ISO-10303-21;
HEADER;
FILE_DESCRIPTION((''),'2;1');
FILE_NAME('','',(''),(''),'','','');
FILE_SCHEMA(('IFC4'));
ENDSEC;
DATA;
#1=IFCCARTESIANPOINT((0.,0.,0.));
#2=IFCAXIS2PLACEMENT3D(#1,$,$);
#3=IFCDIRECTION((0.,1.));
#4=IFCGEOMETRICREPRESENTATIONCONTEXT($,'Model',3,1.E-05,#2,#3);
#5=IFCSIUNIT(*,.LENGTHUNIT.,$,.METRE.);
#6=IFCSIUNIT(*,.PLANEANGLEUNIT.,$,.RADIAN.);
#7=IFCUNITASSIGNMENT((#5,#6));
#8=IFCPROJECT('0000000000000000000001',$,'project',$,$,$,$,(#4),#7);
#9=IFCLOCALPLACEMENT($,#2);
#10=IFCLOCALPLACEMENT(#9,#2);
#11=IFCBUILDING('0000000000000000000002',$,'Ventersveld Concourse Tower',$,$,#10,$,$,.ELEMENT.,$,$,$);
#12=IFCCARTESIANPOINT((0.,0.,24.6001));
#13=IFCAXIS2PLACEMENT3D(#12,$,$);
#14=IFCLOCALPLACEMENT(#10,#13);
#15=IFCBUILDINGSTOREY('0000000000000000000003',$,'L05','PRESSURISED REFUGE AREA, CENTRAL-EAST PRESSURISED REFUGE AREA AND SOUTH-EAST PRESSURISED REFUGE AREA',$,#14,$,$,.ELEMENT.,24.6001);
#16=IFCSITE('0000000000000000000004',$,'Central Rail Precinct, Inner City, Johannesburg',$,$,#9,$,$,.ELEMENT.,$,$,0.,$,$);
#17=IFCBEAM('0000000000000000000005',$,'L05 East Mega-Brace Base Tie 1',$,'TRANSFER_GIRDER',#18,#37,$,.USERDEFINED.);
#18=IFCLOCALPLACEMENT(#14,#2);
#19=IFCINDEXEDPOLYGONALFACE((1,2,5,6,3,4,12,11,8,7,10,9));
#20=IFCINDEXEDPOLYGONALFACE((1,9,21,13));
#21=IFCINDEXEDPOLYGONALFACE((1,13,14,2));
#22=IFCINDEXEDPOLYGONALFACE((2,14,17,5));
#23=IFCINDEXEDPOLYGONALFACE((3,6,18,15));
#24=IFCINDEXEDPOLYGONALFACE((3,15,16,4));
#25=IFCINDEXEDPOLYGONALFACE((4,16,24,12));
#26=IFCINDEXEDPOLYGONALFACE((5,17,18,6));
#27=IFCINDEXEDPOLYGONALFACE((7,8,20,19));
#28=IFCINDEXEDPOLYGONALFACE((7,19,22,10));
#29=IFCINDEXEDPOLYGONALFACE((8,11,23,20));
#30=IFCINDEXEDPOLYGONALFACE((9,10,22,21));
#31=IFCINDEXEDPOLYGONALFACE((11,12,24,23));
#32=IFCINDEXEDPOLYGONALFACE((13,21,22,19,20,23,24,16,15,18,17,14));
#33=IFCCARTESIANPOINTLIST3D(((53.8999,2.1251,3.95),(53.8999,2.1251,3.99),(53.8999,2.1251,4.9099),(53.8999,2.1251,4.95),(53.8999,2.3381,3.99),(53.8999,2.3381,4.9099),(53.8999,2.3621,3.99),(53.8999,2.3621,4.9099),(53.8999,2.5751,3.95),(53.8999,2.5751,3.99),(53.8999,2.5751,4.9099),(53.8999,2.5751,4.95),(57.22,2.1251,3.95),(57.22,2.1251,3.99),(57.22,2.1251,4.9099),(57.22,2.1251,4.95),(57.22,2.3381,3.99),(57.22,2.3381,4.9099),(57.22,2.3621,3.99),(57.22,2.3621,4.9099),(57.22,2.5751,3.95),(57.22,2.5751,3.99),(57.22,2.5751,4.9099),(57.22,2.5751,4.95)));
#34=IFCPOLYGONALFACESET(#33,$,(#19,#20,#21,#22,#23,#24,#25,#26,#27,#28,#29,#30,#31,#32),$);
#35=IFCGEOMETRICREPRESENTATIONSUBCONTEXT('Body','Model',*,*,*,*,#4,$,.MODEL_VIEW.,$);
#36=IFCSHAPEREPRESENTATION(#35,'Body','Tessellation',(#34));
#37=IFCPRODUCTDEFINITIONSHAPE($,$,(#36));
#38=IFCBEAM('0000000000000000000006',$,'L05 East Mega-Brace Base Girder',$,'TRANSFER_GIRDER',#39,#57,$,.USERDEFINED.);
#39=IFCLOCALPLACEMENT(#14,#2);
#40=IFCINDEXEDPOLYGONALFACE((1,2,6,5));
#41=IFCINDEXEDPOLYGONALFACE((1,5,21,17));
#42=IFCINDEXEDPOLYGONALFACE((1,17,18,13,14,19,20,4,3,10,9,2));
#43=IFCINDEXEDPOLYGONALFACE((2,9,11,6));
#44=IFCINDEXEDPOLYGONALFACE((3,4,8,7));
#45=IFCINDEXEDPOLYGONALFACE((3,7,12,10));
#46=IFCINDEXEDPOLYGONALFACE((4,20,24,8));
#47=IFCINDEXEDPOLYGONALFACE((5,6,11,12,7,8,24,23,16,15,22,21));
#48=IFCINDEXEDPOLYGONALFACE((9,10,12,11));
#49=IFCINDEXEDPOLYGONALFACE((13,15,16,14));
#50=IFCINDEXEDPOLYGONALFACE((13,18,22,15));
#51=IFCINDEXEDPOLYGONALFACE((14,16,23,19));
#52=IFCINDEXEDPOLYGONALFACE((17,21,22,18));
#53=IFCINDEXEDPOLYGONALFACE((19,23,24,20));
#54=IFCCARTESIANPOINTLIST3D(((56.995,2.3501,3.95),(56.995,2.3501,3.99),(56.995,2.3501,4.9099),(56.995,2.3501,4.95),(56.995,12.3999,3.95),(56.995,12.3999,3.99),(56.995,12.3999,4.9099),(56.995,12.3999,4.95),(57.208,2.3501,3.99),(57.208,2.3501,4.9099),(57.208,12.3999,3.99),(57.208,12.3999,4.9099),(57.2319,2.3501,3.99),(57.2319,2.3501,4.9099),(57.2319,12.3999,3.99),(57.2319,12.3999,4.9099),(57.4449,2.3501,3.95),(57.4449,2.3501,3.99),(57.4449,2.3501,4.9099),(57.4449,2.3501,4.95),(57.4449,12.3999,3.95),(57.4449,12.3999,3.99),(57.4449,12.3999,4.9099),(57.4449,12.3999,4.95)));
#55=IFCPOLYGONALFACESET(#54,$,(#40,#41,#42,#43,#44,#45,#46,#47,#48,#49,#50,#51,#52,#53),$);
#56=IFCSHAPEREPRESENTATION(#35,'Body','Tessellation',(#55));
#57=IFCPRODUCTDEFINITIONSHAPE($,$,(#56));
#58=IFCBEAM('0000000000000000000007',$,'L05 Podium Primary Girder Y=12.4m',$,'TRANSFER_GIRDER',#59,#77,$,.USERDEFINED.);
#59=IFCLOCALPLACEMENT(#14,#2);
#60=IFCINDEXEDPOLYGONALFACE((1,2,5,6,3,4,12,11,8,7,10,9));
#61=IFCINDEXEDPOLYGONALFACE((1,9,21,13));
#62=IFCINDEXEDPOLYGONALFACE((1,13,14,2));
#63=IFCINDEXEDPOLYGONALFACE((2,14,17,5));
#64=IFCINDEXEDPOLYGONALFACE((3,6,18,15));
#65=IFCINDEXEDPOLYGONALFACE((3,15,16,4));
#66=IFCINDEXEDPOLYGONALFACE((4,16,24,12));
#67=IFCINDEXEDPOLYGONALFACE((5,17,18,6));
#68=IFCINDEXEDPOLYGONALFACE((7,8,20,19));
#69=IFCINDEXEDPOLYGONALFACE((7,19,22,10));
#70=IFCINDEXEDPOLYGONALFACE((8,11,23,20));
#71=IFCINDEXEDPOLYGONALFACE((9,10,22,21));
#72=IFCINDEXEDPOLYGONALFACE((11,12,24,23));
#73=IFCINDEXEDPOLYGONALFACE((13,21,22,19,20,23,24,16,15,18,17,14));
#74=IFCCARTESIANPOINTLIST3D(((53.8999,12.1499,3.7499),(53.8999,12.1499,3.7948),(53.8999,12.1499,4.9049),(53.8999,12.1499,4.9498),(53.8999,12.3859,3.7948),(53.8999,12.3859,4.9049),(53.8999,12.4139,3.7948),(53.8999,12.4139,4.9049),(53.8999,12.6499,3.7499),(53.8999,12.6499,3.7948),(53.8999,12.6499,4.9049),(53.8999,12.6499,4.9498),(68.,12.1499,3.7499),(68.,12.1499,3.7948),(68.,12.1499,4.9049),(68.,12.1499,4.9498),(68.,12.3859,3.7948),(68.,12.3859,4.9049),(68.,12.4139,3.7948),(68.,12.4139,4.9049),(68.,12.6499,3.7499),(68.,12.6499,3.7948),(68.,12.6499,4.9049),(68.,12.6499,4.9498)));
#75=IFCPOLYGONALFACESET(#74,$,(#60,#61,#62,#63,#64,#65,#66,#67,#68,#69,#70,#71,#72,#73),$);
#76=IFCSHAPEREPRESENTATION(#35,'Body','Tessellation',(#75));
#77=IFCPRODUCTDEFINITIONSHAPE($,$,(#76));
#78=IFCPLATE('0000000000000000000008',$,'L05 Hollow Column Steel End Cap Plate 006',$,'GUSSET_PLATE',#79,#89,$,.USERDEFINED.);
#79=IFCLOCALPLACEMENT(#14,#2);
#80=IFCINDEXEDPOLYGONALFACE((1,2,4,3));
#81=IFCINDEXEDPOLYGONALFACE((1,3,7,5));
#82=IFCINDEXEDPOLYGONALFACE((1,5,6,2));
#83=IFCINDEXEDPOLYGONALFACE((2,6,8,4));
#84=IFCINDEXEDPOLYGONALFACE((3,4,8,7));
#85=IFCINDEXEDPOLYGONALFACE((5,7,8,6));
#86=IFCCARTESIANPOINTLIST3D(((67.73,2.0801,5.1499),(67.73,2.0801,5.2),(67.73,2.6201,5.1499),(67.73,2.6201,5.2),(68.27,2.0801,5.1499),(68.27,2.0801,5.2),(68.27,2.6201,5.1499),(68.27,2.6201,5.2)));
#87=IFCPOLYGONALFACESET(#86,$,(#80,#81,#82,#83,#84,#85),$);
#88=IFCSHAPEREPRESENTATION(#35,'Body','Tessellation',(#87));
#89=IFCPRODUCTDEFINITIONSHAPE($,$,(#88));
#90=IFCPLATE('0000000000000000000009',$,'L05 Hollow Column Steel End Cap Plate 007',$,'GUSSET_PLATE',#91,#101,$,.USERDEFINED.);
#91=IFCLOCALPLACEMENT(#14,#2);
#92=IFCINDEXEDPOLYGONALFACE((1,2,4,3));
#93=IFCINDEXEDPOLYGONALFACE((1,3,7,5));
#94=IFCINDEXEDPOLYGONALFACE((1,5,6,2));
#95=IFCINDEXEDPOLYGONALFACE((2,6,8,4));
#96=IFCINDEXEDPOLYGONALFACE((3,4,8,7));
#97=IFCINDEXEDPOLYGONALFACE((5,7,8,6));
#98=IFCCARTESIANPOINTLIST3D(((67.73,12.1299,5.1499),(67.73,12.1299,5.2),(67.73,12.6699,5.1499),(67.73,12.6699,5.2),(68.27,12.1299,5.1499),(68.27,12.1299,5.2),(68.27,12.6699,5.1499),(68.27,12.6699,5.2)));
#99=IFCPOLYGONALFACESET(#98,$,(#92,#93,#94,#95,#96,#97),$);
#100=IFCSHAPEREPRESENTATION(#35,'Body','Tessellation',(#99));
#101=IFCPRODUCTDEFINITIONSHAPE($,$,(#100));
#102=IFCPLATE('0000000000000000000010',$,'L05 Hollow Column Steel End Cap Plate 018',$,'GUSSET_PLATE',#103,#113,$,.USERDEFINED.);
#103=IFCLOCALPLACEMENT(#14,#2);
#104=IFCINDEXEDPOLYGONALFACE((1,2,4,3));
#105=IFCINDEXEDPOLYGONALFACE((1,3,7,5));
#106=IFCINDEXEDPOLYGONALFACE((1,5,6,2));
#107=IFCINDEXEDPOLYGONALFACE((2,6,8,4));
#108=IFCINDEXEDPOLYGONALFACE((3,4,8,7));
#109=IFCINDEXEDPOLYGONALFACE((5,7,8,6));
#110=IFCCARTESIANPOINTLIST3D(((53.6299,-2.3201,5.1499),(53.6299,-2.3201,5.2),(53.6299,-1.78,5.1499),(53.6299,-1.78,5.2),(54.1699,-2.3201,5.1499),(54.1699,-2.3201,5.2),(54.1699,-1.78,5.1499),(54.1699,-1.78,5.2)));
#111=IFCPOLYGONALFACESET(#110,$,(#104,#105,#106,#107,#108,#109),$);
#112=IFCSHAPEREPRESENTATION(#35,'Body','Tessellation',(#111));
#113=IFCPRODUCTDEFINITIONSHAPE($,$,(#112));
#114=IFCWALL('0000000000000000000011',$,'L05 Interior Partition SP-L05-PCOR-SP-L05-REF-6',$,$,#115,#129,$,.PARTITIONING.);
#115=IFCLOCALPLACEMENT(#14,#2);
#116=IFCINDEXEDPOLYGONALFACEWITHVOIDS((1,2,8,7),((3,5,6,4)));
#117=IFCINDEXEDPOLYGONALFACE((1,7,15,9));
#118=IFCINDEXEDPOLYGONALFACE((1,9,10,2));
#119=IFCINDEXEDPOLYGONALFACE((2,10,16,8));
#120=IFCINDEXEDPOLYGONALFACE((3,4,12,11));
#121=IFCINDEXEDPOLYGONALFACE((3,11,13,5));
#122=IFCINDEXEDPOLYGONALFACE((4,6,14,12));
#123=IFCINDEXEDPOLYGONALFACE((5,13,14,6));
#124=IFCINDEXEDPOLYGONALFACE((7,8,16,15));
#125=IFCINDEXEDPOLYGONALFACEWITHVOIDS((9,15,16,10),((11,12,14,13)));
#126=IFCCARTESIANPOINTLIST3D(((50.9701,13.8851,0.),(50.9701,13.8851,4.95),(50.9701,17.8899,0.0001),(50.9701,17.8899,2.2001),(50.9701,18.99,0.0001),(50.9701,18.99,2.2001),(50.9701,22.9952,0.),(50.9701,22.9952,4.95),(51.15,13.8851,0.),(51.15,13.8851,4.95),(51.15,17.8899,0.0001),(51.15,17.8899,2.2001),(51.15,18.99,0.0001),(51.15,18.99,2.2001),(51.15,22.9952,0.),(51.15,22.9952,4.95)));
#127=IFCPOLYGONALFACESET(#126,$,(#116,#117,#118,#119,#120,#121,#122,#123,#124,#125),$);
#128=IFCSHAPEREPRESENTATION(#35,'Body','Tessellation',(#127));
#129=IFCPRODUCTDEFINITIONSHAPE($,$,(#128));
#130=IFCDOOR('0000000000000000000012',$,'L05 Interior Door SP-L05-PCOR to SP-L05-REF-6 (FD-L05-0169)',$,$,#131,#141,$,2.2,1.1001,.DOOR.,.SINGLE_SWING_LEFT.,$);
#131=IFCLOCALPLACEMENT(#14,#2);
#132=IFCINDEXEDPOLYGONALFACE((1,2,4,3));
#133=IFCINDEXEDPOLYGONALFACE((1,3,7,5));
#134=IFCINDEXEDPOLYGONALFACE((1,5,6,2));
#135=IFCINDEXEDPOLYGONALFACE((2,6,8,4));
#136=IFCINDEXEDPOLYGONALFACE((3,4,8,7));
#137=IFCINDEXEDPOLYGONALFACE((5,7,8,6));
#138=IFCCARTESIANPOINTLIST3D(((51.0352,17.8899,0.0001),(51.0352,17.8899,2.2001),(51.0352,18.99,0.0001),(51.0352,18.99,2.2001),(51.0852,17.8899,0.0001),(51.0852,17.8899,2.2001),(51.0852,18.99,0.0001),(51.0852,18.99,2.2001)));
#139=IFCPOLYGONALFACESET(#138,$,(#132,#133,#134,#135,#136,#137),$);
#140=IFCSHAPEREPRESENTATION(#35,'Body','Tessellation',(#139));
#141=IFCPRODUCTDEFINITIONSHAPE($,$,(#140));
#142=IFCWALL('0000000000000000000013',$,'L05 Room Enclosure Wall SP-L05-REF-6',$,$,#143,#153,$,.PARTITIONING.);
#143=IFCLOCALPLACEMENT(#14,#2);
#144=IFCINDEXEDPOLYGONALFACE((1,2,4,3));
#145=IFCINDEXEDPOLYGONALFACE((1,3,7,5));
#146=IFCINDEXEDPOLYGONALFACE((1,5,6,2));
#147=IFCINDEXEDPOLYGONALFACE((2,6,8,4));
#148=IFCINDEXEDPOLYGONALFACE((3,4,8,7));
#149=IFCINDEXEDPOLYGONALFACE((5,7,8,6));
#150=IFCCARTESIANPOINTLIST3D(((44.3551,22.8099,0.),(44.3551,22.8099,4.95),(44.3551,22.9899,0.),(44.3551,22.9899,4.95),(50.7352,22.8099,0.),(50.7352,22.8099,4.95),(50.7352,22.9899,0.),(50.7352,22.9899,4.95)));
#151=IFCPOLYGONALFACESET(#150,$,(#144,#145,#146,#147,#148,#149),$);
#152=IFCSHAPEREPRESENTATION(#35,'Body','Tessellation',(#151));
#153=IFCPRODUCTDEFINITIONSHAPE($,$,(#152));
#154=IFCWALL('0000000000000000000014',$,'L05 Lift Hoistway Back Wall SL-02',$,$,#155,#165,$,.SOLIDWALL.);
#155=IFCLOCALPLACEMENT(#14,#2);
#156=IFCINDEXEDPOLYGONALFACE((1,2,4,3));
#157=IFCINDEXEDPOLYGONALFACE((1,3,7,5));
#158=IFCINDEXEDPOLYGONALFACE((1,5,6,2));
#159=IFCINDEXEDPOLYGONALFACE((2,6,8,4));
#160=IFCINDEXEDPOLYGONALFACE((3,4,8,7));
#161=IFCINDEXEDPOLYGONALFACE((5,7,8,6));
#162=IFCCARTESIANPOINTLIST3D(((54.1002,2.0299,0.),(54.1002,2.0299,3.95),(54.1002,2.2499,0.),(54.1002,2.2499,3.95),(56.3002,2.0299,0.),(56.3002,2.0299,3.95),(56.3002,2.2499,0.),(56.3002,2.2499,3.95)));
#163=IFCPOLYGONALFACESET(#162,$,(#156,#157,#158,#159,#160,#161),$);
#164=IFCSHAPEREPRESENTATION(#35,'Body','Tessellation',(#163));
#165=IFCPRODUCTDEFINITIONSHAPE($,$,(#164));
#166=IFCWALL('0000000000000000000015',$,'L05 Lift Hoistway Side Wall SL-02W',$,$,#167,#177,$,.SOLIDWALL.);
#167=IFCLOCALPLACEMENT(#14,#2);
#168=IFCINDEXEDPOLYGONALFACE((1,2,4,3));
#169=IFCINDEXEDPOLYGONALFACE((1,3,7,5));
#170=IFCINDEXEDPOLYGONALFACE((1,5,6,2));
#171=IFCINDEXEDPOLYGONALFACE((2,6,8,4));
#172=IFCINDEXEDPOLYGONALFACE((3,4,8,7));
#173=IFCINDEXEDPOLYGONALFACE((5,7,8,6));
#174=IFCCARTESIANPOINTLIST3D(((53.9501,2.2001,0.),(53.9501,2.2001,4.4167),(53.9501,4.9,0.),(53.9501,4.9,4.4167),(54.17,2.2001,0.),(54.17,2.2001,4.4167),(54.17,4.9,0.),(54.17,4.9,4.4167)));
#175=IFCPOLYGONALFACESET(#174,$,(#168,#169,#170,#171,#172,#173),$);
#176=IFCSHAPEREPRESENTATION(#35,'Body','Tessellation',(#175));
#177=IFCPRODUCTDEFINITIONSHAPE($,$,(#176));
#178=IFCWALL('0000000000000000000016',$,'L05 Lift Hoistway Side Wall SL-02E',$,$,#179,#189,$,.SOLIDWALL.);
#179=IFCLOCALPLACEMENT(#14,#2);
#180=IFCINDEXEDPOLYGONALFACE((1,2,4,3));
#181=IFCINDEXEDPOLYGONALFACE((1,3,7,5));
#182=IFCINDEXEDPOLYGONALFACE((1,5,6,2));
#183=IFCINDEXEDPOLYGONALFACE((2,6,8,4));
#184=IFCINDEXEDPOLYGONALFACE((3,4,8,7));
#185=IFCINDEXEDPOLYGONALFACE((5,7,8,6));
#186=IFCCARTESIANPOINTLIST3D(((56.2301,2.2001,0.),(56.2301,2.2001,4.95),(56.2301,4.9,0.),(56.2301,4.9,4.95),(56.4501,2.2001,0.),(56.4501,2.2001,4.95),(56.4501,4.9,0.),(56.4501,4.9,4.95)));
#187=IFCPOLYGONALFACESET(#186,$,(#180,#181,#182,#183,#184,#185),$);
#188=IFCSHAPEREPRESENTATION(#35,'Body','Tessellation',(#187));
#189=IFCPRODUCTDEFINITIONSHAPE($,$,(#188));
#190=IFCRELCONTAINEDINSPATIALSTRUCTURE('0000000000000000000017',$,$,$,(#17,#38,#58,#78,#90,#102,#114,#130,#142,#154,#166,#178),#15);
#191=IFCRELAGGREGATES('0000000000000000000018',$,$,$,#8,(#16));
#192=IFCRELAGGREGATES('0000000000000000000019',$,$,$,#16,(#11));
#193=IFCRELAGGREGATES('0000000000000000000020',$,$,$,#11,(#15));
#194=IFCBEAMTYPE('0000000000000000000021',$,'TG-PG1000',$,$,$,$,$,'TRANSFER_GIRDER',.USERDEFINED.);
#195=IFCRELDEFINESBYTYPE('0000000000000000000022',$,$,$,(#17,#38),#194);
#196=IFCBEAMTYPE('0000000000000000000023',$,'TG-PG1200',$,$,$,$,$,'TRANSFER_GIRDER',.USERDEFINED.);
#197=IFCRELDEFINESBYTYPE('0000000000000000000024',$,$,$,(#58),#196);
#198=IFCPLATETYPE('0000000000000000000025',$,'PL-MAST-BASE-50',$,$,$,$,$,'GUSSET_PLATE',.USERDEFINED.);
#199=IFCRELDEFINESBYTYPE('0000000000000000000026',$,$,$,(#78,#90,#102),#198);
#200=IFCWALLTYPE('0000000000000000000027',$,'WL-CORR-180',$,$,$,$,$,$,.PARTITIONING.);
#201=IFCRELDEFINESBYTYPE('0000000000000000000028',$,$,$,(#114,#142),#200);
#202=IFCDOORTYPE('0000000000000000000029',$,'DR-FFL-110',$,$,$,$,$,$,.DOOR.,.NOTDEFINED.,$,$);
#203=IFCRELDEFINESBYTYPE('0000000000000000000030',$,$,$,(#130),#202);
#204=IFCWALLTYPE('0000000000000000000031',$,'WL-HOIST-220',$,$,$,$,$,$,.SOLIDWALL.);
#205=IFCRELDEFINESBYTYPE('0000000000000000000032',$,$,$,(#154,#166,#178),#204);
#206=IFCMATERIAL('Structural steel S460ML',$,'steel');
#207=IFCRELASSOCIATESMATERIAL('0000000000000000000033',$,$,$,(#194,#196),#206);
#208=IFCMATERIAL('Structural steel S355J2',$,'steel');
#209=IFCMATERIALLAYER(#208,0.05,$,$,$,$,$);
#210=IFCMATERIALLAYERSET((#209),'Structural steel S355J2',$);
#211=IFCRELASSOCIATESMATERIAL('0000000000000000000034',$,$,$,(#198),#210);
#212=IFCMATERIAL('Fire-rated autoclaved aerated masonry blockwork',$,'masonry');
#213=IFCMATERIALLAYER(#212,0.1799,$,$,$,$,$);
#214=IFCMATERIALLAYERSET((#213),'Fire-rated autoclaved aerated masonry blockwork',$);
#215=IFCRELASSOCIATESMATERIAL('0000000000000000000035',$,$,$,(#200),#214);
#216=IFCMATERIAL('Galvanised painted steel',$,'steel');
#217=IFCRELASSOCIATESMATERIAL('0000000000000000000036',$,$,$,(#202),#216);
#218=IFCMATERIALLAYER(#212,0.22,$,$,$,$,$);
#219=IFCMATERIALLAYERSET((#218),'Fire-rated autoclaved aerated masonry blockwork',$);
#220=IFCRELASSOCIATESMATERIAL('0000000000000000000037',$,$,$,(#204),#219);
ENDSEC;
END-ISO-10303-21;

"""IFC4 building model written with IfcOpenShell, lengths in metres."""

from ifc_helpers import new_model, si_unit, direction, frame, frame_2d, origin, origin_2d, place, context, subcontext, project, spatial, rectangle, i_section, extrude, material, layer, layer_set, material_profile, profile_set, type_object, element, fill, save


model = new_model("IFC4")

# Units and contexts
model_context = context("Model", 3, precision=1e-05, world=origin(), true_north=direction((0.0, 1.0)))
body_context = subcontext(model_context, "Body", "Model", "MODEL_VIEW")
ifc_project = project(units=[si_unit("LENGTHUNIT", "METRE"), si_unit("PLANEANGLEUNIT", "RADIAN")], contexts=[model_context])

# Site, building, storey
site_placement = place(None, origin())
site = spatial("IfcSite", under=ifc_project, at=site_placement, Name="Central Rail Precinct, Inner City, Johannesburg", CompositionType="ELEMENT", RefElevation=0.0)
building_placement = place(site_placement, origin())
building = spatial("IfcBuilding", under=site, at=building_placement, Name="Ventersveld Concourse Tower", CompositionType="ELEMENT")
storey_placement = place(building_placement, frame((0.0, 0.0, 24.6001)))
storey = spatial("IfcBuildingStorey", under=building, at=storey_placement, Name="L05", Description="PRESSURISED REFUGE AREA, CENTRAL-EAST PRESSURISED REFUGE AREA AND SOUTH-EAST PRESSURISED REFUGE AREA", CompositionType="ELEMENT", Elevation=24.6001)

# Shared definitions
ifc_material_1 = material(Name="Structural steel S460ML", Category="steel")

# Beams
ifc_material_2 = material(Name="Structural steel S355J2", Category="steel")
ifc_material_profile_1 = material_profile(ifc_material_1, i_section(OverallWidth=0.45, OverallDepth=1.0, WebThickness=0.0239, FlangeThickness=0.04, at=origin_2d()), Name="PG 1000x450x40")
ifc_profile_set_1 = profile_set([ifc_material_profile_1], Name="Structural steel S460ML")
beam_type_1 = type_object("IfcBeamType", Name="TG-PG1000", ElementType="TRANSFER_GIRDER", PredefinedType="USERDEFINED", material=ifc_profile_set_1)
beam_1_placement = place(storey_placement, frame((53.8999, 2.3501, 4.45), z_axis=(1.0, 0.0, 0.0), x_axis=(0.0, 1.0, 0.0)))
element("IfcBeam", 1, at=beam_1_placement, inside=storey, type_object=beam_type_1, Name="L05 East Mega-Brace Base Tie 1", ObjectType="TRANSFER_GIRDER", PredefinedType="USERDEFINED", context=body_context, shape_type="SweptSolid", body=[
    extrude(i_section(OverallWidth=0.45, OverallDepth=1.0, WebThickness=0.0239, FlangeThickness=0.04, at=origin_2d()), origin(), (0.0, 0.0, 1.0), 3.3201),
])
beam_2_placement = place(storey_placement, frame((57.22, 2.3501, 4.45), z_axis=(0.0, 1.0, 0.0), x_axis=(-1.0, 0.0, 0.0)))
element("IfcBeam", 2, at=beam_2_placement, inside=storey, type_object=beam_type_1, Name="L05 East Mega-Brace Base Girder", ObjectType="TRANSFER_GIRDER", PredefinedType="USERDEFINED", context=body_context, shape_type="SweptSolid", body=[
    extrude(i_section(OverallWidth=0.45, OverallDepth=1.0, WebThickness=0.0239, FlangeThickness=0.04, at=origin_2d()), origin(), (0.0, 0.0, 1.0), 10.0498),
])
ifc_material_profile_2 = material_profile(ifc_material_1, i_section(OverallWidth=0.5, OverallDepth=1.2, WebThickness=0.0281, FlangeThickness=0.0449, at=origin_2d()), Name="PG 1200x500x45")
ifc_profile_set_2 = profile_set([ifc_material_profile_2], Name="Structural steel S460ML")
beam_type_2 = type_object("IfcBeamType", Name="TG-PG1200", ElementType="TRANSFER_GIRDER", PredefinedType="USERDEFINED", material=ifc_profile_set_2)
beam_3_placement = place(storey_placement, frame((53.8999, 12.3999, 4.3499), z_axis=(1.0, 0.0, 0.0), x_axis=(0.0, 1.0, 0.0)))
element("IfcBeam", 3, at=beam_3_placement, inside=storey, type_object=beam_type_2, Name="L05 Podium Primary Girder Y=12.4m", ObjectType="TRANSFER_GIRDER", PredefinedType="USERDEFINED", context=body_context, shape_type="SweptSolid", body=[
    extrude(i_section(OverallWidth=0.5, OverallDepth=1.2, WebThickness=0.0281, FlangeThickness=0.0449, at=origin_2d()), origin(), (0.0, 0.0, 1.0), 14.1001),
])

# Plates
ifc_layer_1 = layer(ifc_material_2, 0.05)
ifc_layer_set_1 = layer_set([ifc_layer_1], Name="Structural steel S355J2")
plate_type = type_object("IfcPlateType", Name="PL-MAST-BASE-50", ElementType="GUSSET_PLATE", PredefinedType="USERDEFINED", material=ifc_layer_set_1)
for number, where, z_axis, x_axis, name in (
    (4, (68.0, 2.3501, 5.1499), (0.0, 0.0, 1.0), (1.0, 0.0, 0.0), "L05 Hollow Column Steel End Cap Plate 006"),
    (5, (68.0, 12.3999, 5.1499), (0.0, 0.0, 1.0), (1.0, 0.0, 0.0), "L05 Hollow Column Steel End Cap Plate 007"),
    (6, (53.8999, -2.05, 5.1499), (0.0, 0.0, 1.0), (1.0, 0.0, 0.0), "L05 Hollow Column Steel End Cap Plate 018"),
):
    element("IfcPlate", number, at=place(storey_placement, frame(where, z_axis=z_axis, x_axis=x_axis)), inside=storey, type_object=plate_type, Name=name, ObjectType="GUSSET_PLATE", PredefinedType="USERDEFINED", context=body_context, shape_type="SweptSolid", body=[
        extrude(rectangle(XDim=0.54, YDim=0.54, at=origin_2d()), origin(), (0.0, 0.0, 1.0), 0.05),
    ])

# Wall, opening, door
ifc_material_3 = material(Name="Fire-rated autoclaved aerated masonry blockwork", Category="masonry")
ifc_layer_2 = layer(ifc_material_3, 0.1799)
ifc_layer_set_2 = layer_set([ifc_layer_2], Name="Fire-rated autoclaved aerated masonry blockwork")
wall_type_1 = type_object("IfcWallType", Name="WL-CORR-180", PredefinedType="PARTITIONING", material=ifc_layer_set_2)
wall_1_placement = place(storey_placement, frame((51.0601, 13.885, 0.0), z_axis=(0.0, 0.0, 1.0), x_axis=(0.0, 1.0, 0.0)))
wall_1 = element("IfcWall", 7, at=wall_1_placement, inside=storey, type_object=wall_type_1, Name="L05 Interior Partition SP-L05-PCOR-SP-L05-REF-6", PredefinedType="PARTITIONING", context=body_context, shape_type="SweptSolid", body=[
    extrude(rectangle(XDim=9.1101, YDim=0.1799, at=frame_2d((4.5552, 0.0))), origin(), (0.0, 0.0, 1.0), 4.95),
])
opening_placement = place(wall_1_placement, frame((4.0049, 0.0, 0.0)))
opening = element("IfcOpeningElement", 8, at=opening_placement, cuts=wall_1, PredefinedType="OPENING", context=body_context, shape_type="SweptSolid", body=[
    extrude(rectangle(XDim=1.1001, YDim=2.2, at=frame_2d((0.55, 1.1001))), frame((0.0, 0.1001, 0.0), z_axis=(0.0, -1.0, 0.0), x_axis=(1.0, 0.0, 0.0)), (0.0, 0.0, 1.0), 0.2),
])
ifc_material_4 = material(Name="Galvanised painted steel", Category="steel")
door_type = type_object("IfcDoorType", Name="DR-FFL-110", OperationType="NOTDEFINED", PredefinedType="DOOR", material=ifc_material_4)
door_placement = place(opening_placement, origin())
door = element("IfcDoor", 9, at=door_placement, inside=storey, type_object=door_type, Name="L05 Interior Door SP-L05-PCOR to SP-L05-REF-6 (FD-L05-0169)", OperationType="SINGLE_SWING_LEFT", OverallHeight=2.2, OverallWidth=1.1001, PredefinedType="DOOR", context=body_context, shape_type="SweptSolid", body=[
    extrude(rectangle(XDim=1.1001, YDim=2.2, at=frame_2d((0.55, 1.1001))), frame((0.0, 0.0249, 0.0), z_axis=(0.0, -1.0, 0.0), x_axis=(1.0, 0.0, 0.0)), (0.0, 0.0, 1.0), 0.05),
])
fill(opening, door)

# Walls
wall_2_placement = place(storey_placement, frame((50.7351, 22.8999, 0.0), z_axis=(0.0, 0.0, 1.0), x_axis=(-1.0, 0.0, 0.0)))
element("IfcWall", 10, at=wall_2_placement, inside=storey, type_object=wall_type_1, Name="L05 Room Enclosure Wall SP-L05-REF-6", PredefinedType="PARTITIONING", context=body_context, shape_type="SweptSolid", body=[
    extrude(rectangle(XDim=6.3801, YDim=0.1799, at=frame_2d((3.1899, 0.0))), origin(), (0.0, 0.0, 1.0), 4.95),
])
ifc_layer_3 = layer(ifc_material_3, 0.22)
ifc_layer_set_3 = layer_set([ifc_layer_3], Name="Fire-rated autoclaved aerated masonry blockwork")
wall_type_2 = type_object("IfcWallType", Name="WL-HOIST-220", PredefinedType="SOLIDWALL", material=ifc_layer_set_3)
wall_3_placement = place(storey_placement, frame((54.1001, 2.1399, 0.0), z_axis=(0.0, 0.0, 1.0), x_axis=(1.0, 0.0, 0.0)))
element("IfcWall", 11, at=wall_3_placement, inside=storey, type_object=wall_type_2, Name="L05 Lift Hoistway Back Wall SL-02", PredefinedType="SOLIDWALL", context=body_context, shape_type="SweptSolid", body=[
    extrude(rectangle(XDim=2.2, YDim=0.22, at=frame_2d((1.1001, 0.0))), origin(), (0.0, 0.0, 1.0), 3.95),
])
wall_4_placement = place(storey_placement, frame((54.0601, 2.2, 0.0), z_axis=(0.0, 0.0, 1.0), x_axis=(0.0, 1.0, 0.0)))
element("IfcWall", 12, at=wall_4_placement, inside=storey, type_object=wall_type_2, Name="L05 Lift Hoistway Side Wall SL-02W", PredefinedType="SOLIDWALL", context=body_context, shape_type="SweptSolid", body=[
    extrude(rectangle(XDim=2.7, YDim=0.22, at=frame_2d((1.3501, 0.0))), origin(), (0.0, 0.0, 1.0), 4.4167),
])
wall_5_placement = place(storey_placement, frame((56.3401, 2.2, 0.0), z_axis=(0.0, 0.0, 1.0), x_axis=(0.0, 1.0, 0.0)))
element("IfcWall", 13, at=wall_5_placement, inside=storey, type_object=wall_type_2, Name="L05 Lift Hoistway Side Wall SL-02E", PredefinedType="SOLIDWALL", context=body_context, shape_type="SweptSolid", body=[
    extrude(rectangle(XDim=2.7, YDim=0.22, at=frame_2d((1.3501, 0.0))), origin(), (0.0, 0.0, 1.0), 4.95),
])

save(model, "model.ifc")
